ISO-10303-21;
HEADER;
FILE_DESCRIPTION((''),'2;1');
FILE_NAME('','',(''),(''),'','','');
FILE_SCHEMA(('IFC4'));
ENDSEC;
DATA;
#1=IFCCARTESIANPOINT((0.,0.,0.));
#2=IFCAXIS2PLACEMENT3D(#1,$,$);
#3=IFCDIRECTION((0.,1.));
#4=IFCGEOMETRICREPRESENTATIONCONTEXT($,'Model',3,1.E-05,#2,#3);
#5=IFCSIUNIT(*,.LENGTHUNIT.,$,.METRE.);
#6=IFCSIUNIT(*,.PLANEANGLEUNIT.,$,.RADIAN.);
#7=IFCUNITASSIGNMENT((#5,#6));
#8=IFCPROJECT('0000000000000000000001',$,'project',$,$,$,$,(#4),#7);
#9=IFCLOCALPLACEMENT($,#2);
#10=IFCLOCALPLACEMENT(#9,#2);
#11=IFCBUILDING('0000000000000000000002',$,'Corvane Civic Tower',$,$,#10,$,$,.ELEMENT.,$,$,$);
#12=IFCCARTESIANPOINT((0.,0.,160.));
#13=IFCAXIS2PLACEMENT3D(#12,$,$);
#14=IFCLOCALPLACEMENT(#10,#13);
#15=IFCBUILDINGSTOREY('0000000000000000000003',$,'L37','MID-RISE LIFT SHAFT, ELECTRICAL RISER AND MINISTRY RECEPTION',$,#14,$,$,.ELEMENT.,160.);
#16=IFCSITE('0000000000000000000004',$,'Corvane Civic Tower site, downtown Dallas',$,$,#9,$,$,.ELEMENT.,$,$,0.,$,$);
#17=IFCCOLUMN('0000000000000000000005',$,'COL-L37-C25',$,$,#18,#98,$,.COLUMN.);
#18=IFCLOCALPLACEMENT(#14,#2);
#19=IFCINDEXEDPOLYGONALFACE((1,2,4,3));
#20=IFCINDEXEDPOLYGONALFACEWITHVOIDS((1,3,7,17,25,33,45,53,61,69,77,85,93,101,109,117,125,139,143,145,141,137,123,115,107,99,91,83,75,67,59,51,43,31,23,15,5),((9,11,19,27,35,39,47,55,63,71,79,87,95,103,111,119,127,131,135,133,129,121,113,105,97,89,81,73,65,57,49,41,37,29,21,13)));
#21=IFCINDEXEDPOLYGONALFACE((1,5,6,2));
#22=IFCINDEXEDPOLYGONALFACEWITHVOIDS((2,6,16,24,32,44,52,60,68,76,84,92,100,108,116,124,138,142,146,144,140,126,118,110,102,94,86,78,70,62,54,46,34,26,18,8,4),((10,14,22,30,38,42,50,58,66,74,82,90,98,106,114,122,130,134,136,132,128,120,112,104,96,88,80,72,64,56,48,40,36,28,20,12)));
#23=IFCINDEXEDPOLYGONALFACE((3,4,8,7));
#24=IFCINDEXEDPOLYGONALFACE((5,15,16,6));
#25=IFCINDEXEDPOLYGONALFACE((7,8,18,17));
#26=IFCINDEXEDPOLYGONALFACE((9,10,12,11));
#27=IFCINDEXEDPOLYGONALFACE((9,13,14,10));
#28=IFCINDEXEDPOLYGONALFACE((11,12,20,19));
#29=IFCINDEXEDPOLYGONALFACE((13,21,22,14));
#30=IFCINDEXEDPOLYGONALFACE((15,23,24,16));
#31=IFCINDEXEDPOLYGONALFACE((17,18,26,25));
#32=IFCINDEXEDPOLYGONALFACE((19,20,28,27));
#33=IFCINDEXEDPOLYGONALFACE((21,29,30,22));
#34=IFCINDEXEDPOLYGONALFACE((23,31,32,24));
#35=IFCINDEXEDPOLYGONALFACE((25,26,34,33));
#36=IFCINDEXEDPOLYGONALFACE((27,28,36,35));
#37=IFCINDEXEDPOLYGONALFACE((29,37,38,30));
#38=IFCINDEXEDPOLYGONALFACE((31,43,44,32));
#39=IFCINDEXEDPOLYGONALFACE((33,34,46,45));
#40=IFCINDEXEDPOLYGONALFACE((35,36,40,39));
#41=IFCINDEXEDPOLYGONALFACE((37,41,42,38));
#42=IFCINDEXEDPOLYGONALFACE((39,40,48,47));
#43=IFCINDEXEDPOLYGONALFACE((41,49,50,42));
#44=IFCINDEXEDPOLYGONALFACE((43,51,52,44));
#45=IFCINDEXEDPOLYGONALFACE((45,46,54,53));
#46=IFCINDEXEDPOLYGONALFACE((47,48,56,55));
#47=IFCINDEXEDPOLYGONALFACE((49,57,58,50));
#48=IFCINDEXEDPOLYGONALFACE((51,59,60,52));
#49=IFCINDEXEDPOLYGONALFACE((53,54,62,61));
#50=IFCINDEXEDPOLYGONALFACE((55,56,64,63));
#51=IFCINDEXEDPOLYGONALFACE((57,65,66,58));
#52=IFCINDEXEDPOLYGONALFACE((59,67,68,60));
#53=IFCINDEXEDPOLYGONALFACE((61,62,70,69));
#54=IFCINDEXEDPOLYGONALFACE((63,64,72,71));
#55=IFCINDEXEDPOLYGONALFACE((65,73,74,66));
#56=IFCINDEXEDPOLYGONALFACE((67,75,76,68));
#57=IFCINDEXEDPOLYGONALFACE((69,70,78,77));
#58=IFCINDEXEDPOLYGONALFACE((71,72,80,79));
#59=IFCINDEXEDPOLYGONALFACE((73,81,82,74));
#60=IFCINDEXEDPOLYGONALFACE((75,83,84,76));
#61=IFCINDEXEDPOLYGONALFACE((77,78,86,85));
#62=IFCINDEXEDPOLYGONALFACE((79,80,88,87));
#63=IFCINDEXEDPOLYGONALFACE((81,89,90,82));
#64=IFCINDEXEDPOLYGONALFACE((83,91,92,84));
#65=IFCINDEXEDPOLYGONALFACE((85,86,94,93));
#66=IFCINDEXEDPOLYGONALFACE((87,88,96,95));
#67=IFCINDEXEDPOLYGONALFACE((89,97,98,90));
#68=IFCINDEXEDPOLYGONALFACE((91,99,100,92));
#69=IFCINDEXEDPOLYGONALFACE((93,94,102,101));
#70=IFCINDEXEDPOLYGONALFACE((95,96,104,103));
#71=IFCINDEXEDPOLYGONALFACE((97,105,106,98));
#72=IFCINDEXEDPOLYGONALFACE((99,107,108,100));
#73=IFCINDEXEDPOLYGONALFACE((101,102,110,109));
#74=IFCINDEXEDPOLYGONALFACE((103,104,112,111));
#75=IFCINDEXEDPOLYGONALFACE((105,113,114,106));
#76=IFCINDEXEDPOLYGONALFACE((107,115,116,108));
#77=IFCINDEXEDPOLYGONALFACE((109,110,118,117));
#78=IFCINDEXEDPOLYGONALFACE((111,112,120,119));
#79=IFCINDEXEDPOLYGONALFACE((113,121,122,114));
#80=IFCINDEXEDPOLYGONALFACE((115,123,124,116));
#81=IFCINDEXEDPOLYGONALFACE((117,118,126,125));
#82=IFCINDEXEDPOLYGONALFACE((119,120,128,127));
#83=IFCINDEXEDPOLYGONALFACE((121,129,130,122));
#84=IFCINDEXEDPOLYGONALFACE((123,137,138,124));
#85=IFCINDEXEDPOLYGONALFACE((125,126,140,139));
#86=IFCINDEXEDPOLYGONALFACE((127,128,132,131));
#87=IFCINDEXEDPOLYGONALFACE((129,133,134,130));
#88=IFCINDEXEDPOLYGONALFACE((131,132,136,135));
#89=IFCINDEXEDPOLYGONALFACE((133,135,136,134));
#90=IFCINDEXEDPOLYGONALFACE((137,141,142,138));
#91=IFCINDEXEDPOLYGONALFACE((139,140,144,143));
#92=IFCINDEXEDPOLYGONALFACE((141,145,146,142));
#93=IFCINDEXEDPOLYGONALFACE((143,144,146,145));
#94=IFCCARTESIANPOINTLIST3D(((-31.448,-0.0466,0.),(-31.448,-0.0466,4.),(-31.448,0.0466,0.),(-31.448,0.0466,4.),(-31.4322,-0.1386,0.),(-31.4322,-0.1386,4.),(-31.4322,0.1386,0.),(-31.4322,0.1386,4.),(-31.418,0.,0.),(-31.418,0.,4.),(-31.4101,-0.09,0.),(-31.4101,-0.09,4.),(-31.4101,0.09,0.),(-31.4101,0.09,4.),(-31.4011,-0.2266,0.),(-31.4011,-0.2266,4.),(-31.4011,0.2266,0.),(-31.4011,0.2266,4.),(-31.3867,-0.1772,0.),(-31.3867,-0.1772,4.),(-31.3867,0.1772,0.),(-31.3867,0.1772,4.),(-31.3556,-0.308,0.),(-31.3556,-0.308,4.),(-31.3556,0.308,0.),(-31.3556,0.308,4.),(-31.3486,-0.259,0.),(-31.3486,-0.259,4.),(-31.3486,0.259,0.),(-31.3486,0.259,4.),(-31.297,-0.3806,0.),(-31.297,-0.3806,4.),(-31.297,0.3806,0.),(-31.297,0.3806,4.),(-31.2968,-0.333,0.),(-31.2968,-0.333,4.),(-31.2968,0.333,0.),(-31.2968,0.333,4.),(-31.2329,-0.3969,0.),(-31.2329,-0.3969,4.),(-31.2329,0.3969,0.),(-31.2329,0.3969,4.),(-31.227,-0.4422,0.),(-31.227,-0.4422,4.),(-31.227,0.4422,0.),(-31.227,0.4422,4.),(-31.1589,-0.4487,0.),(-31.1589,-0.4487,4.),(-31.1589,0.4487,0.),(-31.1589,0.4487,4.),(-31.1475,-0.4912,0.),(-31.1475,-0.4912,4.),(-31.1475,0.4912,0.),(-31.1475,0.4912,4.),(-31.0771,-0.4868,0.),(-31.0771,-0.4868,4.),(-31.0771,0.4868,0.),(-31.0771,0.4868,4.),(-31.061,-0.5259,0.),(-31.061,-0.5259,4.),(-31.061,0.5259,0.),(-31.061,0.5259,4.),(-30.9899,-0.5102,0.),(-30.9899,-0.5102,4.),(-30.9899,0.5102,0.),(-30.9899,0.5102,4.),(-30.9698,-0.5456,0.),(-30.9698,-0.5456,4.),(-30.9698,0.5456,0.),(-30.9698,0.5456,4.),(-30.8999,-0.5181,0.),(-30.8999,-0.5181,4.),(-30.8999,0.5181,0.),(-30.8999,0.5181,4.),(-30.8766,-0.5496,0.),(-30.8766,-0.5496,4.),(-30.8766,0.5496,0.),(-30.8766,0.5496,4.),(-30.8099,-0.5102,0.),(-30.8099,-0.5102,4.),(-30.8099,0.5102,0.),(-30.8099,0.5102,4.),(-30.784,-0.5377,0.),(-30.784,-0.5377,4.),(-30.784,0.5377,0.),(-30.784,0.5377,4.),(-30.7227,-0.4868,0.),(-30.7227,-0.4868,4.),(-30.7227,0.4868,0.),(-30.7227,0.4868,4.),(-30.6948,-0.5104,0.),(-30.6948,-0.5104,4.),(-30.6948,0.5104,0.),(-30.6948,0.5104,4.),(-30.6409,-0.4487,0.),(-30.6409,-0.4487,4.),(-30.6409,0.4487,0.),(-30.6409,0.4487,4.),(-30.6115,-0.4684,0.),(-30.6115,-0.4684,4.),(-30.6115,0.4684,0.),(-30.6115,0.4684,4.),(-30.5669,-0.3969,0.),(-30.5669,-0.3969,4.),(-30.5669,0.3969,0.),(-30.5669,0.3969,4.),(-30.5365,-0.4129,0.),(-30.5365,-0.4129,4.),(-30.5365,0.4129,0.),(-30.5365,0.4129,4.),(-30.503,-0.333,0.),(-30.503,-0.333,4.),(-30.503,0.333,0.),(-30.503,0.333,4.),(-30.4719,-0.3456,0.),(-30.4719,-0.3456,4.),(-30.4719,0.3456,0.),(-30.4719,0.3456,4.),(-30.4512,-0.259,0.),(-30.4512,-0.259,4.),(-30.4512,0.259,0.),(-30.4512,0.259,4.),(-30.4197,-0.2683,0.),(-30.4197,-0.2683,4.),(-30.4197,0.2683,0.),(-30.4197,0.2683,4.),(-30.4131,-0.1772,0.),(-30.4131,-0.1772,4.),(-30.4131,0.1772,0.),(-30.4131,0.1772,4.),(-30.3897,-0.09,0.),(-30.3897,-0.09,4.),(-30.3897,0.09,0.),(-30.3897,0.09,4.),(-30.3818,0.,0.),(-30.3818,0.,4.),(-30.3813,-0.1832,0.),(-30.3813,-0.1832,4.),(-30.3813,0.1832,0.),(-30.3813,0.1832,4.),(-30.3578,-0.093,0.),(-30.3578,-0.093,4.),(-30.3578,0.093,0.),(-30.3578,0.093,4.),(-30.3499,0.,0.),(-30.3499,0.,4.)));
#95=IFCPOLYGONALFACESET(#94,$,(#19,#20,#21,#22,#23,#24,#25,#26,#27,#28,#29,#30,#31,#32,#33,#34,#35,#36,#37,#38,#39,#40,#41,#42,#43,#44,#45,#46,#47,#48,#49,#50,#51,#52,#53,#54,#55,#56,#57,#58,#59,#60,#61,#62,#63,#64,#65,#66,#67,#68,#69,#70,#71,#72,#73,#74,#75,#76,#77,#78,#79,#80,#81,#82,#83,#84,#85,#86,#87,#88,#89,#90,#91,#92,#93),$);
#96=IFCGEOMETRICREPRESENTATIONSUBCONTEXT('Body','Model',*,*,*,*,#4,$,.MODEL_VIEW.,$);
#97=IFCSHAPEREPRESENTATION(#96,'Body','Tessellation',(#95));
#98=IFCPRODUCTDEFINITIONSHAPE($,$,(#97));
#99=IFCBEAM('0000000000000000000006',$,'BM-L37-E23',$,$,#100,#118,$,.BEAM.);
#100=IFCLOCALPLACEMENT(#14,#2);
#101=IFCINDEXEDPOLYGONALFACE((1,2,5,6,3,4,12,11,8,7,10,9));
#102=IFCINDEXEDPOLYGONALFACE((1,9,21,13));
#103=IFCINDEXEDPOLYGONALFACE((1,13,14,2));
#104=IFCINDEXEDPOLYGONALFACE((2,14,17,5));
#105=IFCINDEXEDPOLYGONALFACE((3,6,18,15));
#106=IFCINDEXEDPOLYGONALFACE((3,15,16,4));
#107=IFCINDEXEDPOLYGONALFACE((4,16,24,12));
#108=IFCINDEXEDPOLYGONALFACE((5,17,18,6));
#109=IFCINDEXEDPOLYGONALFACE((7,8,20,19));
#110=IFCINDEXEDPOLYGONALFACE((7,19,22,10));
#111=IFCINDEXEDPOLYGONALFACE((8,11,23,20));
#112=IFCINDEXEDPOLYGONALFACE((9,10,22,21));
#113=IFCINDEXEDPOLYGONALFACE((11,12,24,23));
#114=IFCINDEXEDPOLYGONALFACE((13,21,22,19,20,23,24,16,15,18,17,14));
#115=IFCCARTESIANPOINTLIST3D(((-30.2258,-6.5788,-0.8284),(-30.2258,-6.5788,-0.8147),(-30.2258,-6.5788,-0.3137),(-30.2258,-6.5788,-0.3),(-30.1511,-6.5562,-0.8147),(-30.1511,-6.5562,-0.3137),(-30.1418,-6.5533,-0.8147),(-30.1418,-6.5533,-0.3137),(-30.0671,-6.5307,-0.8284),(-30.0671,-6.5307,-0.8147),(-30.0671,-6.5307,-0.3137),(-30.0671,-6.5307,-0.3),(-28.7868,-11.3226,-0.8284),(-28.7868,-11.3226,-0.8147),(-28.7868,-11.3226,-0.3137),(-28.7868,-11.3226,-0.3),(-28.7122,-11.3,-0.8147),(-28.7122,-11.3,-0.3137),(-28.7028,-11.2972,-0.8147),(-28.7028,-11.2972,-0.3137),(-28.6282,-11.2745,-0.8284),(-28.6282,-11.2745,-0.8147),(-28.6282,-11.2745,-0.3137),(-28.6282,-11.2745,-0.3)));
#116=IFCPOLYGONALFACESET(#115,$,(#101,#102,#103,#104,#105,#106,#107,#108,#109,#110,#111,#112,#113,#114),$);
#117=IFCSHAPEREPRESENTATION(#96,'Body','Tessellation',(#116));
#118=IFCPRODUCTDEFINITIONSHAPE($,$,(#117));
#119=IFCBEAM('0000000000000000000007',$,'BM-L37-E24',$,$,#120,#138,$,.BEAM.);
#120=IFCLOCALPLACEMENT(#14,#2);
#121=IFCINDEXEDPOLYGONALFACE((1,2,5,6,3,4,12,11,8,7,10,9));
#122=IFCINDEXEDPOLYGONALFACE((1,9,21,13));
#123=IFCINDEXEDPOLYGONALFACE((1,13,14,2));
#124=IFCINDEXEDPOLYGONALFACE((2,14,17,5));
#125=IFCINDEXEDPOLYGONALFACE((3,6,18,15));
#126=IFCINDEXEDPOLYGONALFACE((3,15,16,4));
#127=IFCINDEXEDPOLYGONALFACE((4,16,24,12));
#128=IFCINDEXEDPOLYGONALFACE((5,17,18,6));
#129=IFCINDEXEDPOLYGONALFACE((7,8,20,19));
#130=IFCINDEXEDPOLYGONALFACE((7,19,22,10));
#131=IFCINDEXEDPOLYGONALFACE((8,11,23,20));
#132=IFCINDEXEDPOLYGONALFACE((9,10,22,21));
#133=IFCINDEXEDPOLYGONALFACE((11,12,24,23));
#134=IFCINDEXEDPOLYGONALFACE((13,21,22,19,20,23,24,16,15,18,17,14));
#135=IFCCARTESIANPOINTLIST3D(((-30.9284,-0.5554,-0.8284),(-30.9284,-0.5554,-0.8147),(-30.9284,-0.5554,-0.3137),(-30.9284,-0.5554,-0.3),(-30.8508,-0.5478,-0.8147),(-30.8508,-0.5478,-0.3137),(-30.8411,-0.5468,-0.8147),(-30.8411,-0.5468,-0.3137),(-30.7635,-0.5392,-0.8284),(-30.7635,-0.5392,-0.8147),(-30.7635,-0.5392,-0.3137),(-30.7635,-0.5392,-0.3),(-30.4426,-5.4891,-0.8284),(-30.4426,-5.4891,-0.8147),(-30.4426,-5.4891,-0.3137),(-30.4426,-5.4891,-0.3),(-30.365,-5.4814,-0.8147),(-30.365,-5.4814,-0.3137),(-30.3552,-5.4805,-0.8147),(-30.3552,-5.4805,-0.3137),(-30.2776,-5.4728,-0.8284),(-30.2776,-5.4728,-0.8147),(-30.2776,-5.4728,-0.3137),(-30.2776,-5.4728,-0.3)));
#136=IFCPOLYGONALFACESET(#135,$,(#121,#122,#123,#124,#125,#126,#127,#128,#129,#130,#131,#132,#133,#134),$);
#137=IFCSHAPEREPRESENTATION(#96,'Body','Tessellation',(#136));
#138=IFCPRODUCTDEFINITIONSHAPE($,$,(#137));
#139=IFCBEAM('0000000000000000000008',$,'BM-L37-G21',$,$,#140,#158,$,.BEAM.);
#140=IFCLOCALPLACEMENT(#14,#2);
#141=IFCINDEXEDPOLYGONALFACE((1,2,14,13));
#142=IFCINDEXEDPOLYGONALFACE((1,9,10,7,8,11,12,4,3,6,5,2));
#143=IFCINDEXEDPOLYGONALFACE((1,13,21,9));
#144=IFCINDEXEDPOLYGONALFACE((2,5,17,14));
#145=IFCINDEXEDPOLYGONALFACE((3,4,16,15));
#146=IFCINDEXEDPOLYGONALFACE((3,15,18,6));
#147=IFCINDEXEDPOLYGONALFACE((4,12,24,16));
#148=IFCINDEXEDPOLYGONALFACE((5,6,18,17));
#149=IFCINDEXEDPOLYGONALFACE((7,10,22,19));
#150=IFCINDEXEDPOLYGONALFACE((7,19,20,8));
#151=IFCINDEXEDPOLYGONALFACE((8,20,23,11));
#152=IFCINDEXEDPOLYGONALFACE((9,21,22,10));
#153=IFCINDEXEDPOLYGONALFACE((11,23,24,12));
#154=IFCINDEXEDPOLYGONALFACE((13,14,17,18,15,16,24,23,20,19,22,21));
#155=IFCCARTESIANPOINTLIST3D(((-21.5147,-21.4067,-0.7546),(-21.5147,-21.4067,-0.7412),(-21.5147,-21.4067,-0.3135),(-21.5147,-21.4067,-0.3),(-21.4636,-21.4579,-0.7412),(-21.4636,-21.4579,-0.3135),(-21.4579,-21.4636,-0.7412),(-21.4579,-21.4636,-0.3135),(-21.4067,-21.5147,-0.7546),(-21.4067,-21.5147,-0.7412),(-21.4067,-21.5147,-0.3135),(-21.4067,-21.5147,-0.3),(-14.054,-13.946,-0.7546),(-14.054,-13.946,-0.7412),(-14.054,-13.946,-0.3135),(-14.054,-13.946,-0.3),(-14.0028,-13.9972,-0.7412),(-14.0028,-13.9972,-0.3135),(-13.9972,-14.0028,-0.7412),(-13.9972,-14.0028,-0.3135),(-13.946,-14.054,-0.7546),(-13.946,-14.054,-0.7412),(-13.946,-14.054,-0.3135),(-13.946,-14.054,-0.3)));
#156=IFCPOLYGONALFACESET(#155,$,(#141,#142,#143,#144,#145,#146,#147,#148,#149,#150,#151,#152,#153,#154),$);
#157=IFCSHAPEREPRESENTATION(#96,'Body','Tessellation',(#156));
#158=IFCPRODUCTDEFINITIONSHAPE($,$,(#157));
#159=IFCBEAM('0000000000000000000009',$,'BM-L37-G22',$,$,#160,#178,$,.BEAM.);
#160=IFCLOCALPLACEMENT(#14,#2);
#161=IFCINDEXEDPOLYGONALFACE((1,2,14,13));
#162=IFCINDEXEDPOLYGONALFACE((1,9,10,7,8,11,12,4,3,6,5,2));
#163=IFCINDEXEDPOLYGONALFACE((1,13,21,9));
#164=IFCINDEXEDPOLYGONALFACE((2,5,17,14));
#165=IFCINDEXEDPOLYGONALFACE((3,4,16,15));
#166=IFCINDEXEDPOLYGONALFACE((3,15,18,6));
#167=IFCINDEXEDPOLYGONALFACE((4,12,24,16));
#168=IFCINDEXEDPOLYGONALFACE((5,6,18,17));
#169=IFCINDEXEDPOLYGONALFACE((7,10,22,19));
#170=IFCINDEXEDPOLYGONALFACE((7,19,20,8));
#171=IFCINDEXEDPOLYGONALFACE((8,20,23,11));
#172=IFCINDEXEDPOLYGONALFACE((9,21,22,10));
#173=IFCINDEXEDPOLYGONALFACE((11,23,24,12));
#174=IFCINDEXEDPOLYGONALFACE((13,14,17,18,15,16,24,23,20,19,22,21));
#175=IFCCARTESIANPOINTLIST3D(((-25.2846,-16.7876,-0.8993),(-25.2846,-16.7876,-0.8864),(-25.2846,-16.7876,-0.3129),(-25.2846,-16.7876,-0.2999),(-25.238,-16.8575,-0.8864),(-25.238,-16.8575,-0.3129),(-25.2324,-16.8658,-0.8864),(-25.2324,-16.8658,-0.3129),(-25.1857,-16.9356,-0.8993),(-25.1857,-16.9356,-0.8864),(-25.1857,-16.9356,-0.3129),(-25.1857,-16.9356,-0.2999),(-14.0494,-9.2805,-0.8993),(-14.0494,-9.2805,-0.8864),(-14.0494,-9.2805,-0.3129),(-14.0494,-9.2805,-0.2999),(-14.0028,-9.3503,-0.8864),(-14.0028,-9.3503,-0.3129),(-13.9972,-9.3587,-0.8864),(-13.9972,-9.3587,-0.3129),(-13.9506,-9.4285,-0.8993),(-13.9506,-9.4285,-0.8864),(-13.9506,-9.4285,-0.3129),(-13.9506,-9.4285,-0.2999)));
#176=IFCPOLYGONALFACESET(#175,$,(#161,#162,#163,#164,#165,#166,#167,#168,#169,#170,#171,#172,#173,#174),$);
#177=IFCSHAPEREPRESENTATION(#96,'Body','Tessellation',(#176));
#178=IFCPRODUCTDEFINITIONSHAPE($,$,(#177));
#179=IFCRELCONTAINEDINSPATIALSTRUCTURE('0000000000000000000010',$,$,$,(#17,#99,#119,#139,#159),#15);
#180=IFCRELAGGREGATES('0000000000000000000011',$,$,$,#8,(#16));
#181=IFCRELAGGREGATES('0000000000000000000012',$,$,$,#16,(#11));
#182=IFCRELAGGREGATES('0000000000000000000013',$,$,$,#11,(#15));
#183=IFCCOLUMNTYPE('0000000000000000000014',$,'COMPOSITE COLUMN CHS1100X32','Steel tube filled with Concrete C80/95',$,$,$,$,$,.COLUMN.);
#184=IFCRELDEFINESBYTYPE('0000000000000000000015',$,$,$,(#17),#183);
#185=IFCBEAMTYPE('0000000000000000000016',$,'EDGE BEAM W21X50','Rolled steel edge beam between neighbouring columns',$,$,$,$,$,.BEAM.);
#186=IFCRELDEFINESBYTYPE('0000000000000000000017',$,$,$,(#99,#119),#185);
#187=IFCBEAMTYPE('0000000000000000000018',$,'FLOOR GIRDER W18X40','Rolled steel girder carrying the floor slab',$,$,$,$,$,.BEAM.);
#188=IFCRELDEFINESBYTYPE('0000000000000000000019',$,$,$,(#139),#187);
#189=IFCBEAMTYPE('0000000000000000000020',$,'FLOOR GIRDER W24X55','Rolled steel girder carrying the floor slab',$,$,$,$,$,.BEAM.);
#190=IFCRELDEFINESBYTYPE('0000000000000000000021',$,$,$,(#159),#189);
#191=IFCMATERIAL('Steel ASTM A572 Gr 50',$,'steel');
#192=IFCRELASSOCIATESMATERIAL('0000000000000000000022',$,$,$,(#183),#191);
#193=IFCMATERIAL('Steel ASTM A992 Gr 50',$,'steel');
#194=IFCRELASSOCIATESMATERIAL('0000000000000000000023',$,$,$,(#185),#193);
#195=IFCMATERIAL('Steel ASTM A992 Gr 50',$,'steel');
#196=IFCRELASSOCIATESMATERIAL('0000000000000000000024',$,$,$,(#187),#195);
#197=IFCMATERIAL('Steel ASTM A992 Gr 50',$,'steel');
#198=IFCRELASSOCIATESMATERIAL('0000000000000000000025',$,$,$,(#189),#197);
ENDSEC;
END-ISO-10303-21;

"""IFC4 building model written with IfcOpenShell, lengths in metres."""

from ifc_helpers import new_model, si_unit, direction, frame, origin, origin_2d, place, context, subcontext, project, spatial, hollow_circle, i_section, extrude, material, material_profile, profile_set, type_object, element, save


model = new_model("IFC4")

# Units and contexts
model_context = context("Model", 3, precision=1e-05, world=origin(), true_north=direction((0.0, 1.0)))
body_context = subcontext(model_context, "Body", "Model", "MODEL_VIEW")
ifc_project = project(units=[si_unit("LENGTHUNIT", "METRE"), si_unit("PLANEANGLEUNIT", "RADIAN")], contexts=[model_context])

# Site, building, storey
site_placement = place(None, origin())
site = spatial("IfcSite", under=ifc_project, at=site_placement, Name="Corvane Civic Tower site, downtown Dallas", CompositionType="ELEMENT", RefElevation=0.0)
building_placement = place(site_placement, origin())
building = spatial("IfcBuilding", under=site, at=building_placement, Name="Corvane Civic Tower", CompositionType="ELEMENT")
storey_placement = place(building_placement, frame((0.0, 0.0, 160.0)))
storey = spatial("IfcBuildingStorey", under=building, at=storey_placement, Name="L37", Description="MID-RISE LIFT SHAFT, ELECTRICAL RISER AND MINISTRY RECEPTION", CompositionType="ELEMENT", Elevation=160.0)

# Column
ifc_material_1 = material(Name="Steel ASTM A572 Gr 50", Category="steel")
ifc_material_profile_1 = material_profile(ifc_material_1, hollow_circle(Radius=0.55, WallThickness=0.032, at=origin_2d()), Name="CHS1100X32")
ifc_profile_set_1 = profile_set([ifc_material_profile_1], Name="Steel ASTM A572 Gr 50")
column_type = type_object("IfcColumnType", Name="COMPOSITE COLUMN CHS1100X32", Description="Steel tube filled with Concrete C80/95", PredefinedType="COLUMN", material=ifc_profile_set_1)
for number, where, z_axis, x_axis, name in (
    (1, (-30.8999, 0.0, 0.0), (0.0, 0.0, 1.0), (1.0, 0.0, 0.0), "COL-L37-C25"),
):
    element("IfcColumn", number, at=place(storey_placement, frame(where, z_axis=z_axis, x_axis=x_axis)), inside=storey, type_object=column_type, Name=name, PredefinedType="COLUMN", context=body_context, shape_type="SweptSolid", body=[
        extrude(hollow_circle(Radius=0.55, WallThickness=0.032, at=origin_2d()), origin(), (0.0, 0.0, 1.0), 4.0),
    ])

# Beams
ifc_material_2 = material(Name="Steel ASTM A992 Gr 50", Category="steel")
ifc_material_profile_2 = material_profile(ifc_material_2, i_section(OverallWidth=0.1658, OverallDepth=0.5283, WebThickness=0.0098, FlangeThickness=0.0137, at=origin_2d()), Name="W21X50")
ifc_profile_set_2 = profile_set([ifc_material_profile_2], Name="Steel ASTM A992 Gr 50")
beam_type_1 = type_object("IfcBeamType", Name="EDGE BEAM W21X50", Description="Rolled steel edge beam between neighbouring columns", PredefinedType="BEAM", material=ifc_profile_set_2)
beam_1_placement = place(storey_placement, frame((-28.7075, -11.2986, -0.5642), z_axis=(-0.29027, 0.956945, 0.0), x_axis=(-0.956945, -0.29027, 0.0)))
element("IfcBeam", 2, at=beam_1_placement, inside=storey, type_object=beam_type_1, Name="BM-L37-E23", PredefinedType="BEAM", context=body_context, shape_type="SweptSolid", body=[
    extrude(i_section(OverallWidth=0.1658, OverallDepth=0.5283, WebThickness=0.0098, FlangeThickness=0.0137, at=origin_2d()), origin(), (0.0, 0.0, 1.0), 4.9573),
])
beam_2_placement = place(storey_placement, frame((-30.3601, -5.481, -0.5642), z_axis=(-0.098002, 0.995186, 0.0), x_axis=(-0.995186, -0.098002, 0.0)))
element("IfcBeam", 3, at=beam_2_placement, inside=storey, type_object=beam_type_1, Name="BM-L37-E24", PredefinedType="BEAM", context=body_context, shape_type="SweptSolid", body=[
    extrude(i_section(OverallWidth=0.1658, OverallDepth=0.5283, WebThickness=0.0098, FlangeThickness=0.0137, at=origin_2d()), origin(), (0.0, 0.0, 1.0), 4.9575),
])
ifc_material_3 = material(Name="Steel ASTM A992 Gr 50", Category="steel")
ifc_material_profile_3 = material_profile(ifc_material_3, i_section(OverallWidth=0.1528, OverallDepth=0.4546, WebThickness=0.0081, FlangeThickness=0.0134, at=origin_2d()), Name="W18X40")
ifc_profile_set_3 = profile_set([ifc_material_profile_3], Name="Steel ASTM A992 Gr 50")
beam_type_2 = type_object("IfcBeamType", Name="FLOOR GIRDER W18X40", Description="Rolled steel girder carrying the floor slab", PredefinedType="BEAM", material=ifc_profile_set_3)
beam_3_placement = place(storey_placement, frame((-14.0, -14.0, -0.5273), z_axis=(-0.707107, -0.707107, 0.0), x_axis=(0.707107, -0.707107, 0.0)))
element("IfcBeam", 4, at=beam_3_placement, inside=storey, type_object=beam_type_2, Name="BM-L37-G21", PredefinedType="BEAM", context=body_context, shape_type="SweptSolid", body=[
    extrude(i_section(OverallWidth=0.1528, OverallDepth=0.4546, WebThickness=0.0081, FlangeThickness=0.0134, at=origin_2d()), origin(), (0.0, 0.0, 1.0), 10.551),
])
ifc_material_4 = material(Name="Steel ASTM A992 Gr 50", Category="steel")
ifc_material_profile_4 = material_profile(ifc_material_4, i_section(OverallWidth=0.178, OverallDepth=0.5994, WebThickness=0.01, FlangeThickness=0.0129, at=origin_2d()), Name="W24X55")
ifc_profile_set_4 = profile_set([ifc_material_profile_4], Name="Steel ASTM A992 Gr 50")
beam_type_3 = type_object("IfcBeamType", Name="FLOOR GIRDER W24X55", Description="Rolled steel girder carrying the floor slab", PredefinedType="BEAM", material=ifc_profile_set_4)
beam_4_placement = place(storey_placement, frame((-14.0, -9.3545, -0.5996), z_axis=(-0.831469, -0.555571, 0.0), x_axis=(0.555571, -0.831469, 0.0)))
element("IfcBeam", 5, at=beam_4_placement, inside=storey, type_object=beam_type_3, Name="BM-L37-G22", PredefinedType="BEAM", context=body_context, shape_type="SweptSolid", body=[
    extrude(i_section(OverallWidth=0.178, OverallDepth=0.5994, WebThickness=0.01, FlangeThickness=0.0129, at=origin_2d()), origin(), (0.0, 0.0, 1.0), 13.5125),
])

save(model, "model.ifc")
